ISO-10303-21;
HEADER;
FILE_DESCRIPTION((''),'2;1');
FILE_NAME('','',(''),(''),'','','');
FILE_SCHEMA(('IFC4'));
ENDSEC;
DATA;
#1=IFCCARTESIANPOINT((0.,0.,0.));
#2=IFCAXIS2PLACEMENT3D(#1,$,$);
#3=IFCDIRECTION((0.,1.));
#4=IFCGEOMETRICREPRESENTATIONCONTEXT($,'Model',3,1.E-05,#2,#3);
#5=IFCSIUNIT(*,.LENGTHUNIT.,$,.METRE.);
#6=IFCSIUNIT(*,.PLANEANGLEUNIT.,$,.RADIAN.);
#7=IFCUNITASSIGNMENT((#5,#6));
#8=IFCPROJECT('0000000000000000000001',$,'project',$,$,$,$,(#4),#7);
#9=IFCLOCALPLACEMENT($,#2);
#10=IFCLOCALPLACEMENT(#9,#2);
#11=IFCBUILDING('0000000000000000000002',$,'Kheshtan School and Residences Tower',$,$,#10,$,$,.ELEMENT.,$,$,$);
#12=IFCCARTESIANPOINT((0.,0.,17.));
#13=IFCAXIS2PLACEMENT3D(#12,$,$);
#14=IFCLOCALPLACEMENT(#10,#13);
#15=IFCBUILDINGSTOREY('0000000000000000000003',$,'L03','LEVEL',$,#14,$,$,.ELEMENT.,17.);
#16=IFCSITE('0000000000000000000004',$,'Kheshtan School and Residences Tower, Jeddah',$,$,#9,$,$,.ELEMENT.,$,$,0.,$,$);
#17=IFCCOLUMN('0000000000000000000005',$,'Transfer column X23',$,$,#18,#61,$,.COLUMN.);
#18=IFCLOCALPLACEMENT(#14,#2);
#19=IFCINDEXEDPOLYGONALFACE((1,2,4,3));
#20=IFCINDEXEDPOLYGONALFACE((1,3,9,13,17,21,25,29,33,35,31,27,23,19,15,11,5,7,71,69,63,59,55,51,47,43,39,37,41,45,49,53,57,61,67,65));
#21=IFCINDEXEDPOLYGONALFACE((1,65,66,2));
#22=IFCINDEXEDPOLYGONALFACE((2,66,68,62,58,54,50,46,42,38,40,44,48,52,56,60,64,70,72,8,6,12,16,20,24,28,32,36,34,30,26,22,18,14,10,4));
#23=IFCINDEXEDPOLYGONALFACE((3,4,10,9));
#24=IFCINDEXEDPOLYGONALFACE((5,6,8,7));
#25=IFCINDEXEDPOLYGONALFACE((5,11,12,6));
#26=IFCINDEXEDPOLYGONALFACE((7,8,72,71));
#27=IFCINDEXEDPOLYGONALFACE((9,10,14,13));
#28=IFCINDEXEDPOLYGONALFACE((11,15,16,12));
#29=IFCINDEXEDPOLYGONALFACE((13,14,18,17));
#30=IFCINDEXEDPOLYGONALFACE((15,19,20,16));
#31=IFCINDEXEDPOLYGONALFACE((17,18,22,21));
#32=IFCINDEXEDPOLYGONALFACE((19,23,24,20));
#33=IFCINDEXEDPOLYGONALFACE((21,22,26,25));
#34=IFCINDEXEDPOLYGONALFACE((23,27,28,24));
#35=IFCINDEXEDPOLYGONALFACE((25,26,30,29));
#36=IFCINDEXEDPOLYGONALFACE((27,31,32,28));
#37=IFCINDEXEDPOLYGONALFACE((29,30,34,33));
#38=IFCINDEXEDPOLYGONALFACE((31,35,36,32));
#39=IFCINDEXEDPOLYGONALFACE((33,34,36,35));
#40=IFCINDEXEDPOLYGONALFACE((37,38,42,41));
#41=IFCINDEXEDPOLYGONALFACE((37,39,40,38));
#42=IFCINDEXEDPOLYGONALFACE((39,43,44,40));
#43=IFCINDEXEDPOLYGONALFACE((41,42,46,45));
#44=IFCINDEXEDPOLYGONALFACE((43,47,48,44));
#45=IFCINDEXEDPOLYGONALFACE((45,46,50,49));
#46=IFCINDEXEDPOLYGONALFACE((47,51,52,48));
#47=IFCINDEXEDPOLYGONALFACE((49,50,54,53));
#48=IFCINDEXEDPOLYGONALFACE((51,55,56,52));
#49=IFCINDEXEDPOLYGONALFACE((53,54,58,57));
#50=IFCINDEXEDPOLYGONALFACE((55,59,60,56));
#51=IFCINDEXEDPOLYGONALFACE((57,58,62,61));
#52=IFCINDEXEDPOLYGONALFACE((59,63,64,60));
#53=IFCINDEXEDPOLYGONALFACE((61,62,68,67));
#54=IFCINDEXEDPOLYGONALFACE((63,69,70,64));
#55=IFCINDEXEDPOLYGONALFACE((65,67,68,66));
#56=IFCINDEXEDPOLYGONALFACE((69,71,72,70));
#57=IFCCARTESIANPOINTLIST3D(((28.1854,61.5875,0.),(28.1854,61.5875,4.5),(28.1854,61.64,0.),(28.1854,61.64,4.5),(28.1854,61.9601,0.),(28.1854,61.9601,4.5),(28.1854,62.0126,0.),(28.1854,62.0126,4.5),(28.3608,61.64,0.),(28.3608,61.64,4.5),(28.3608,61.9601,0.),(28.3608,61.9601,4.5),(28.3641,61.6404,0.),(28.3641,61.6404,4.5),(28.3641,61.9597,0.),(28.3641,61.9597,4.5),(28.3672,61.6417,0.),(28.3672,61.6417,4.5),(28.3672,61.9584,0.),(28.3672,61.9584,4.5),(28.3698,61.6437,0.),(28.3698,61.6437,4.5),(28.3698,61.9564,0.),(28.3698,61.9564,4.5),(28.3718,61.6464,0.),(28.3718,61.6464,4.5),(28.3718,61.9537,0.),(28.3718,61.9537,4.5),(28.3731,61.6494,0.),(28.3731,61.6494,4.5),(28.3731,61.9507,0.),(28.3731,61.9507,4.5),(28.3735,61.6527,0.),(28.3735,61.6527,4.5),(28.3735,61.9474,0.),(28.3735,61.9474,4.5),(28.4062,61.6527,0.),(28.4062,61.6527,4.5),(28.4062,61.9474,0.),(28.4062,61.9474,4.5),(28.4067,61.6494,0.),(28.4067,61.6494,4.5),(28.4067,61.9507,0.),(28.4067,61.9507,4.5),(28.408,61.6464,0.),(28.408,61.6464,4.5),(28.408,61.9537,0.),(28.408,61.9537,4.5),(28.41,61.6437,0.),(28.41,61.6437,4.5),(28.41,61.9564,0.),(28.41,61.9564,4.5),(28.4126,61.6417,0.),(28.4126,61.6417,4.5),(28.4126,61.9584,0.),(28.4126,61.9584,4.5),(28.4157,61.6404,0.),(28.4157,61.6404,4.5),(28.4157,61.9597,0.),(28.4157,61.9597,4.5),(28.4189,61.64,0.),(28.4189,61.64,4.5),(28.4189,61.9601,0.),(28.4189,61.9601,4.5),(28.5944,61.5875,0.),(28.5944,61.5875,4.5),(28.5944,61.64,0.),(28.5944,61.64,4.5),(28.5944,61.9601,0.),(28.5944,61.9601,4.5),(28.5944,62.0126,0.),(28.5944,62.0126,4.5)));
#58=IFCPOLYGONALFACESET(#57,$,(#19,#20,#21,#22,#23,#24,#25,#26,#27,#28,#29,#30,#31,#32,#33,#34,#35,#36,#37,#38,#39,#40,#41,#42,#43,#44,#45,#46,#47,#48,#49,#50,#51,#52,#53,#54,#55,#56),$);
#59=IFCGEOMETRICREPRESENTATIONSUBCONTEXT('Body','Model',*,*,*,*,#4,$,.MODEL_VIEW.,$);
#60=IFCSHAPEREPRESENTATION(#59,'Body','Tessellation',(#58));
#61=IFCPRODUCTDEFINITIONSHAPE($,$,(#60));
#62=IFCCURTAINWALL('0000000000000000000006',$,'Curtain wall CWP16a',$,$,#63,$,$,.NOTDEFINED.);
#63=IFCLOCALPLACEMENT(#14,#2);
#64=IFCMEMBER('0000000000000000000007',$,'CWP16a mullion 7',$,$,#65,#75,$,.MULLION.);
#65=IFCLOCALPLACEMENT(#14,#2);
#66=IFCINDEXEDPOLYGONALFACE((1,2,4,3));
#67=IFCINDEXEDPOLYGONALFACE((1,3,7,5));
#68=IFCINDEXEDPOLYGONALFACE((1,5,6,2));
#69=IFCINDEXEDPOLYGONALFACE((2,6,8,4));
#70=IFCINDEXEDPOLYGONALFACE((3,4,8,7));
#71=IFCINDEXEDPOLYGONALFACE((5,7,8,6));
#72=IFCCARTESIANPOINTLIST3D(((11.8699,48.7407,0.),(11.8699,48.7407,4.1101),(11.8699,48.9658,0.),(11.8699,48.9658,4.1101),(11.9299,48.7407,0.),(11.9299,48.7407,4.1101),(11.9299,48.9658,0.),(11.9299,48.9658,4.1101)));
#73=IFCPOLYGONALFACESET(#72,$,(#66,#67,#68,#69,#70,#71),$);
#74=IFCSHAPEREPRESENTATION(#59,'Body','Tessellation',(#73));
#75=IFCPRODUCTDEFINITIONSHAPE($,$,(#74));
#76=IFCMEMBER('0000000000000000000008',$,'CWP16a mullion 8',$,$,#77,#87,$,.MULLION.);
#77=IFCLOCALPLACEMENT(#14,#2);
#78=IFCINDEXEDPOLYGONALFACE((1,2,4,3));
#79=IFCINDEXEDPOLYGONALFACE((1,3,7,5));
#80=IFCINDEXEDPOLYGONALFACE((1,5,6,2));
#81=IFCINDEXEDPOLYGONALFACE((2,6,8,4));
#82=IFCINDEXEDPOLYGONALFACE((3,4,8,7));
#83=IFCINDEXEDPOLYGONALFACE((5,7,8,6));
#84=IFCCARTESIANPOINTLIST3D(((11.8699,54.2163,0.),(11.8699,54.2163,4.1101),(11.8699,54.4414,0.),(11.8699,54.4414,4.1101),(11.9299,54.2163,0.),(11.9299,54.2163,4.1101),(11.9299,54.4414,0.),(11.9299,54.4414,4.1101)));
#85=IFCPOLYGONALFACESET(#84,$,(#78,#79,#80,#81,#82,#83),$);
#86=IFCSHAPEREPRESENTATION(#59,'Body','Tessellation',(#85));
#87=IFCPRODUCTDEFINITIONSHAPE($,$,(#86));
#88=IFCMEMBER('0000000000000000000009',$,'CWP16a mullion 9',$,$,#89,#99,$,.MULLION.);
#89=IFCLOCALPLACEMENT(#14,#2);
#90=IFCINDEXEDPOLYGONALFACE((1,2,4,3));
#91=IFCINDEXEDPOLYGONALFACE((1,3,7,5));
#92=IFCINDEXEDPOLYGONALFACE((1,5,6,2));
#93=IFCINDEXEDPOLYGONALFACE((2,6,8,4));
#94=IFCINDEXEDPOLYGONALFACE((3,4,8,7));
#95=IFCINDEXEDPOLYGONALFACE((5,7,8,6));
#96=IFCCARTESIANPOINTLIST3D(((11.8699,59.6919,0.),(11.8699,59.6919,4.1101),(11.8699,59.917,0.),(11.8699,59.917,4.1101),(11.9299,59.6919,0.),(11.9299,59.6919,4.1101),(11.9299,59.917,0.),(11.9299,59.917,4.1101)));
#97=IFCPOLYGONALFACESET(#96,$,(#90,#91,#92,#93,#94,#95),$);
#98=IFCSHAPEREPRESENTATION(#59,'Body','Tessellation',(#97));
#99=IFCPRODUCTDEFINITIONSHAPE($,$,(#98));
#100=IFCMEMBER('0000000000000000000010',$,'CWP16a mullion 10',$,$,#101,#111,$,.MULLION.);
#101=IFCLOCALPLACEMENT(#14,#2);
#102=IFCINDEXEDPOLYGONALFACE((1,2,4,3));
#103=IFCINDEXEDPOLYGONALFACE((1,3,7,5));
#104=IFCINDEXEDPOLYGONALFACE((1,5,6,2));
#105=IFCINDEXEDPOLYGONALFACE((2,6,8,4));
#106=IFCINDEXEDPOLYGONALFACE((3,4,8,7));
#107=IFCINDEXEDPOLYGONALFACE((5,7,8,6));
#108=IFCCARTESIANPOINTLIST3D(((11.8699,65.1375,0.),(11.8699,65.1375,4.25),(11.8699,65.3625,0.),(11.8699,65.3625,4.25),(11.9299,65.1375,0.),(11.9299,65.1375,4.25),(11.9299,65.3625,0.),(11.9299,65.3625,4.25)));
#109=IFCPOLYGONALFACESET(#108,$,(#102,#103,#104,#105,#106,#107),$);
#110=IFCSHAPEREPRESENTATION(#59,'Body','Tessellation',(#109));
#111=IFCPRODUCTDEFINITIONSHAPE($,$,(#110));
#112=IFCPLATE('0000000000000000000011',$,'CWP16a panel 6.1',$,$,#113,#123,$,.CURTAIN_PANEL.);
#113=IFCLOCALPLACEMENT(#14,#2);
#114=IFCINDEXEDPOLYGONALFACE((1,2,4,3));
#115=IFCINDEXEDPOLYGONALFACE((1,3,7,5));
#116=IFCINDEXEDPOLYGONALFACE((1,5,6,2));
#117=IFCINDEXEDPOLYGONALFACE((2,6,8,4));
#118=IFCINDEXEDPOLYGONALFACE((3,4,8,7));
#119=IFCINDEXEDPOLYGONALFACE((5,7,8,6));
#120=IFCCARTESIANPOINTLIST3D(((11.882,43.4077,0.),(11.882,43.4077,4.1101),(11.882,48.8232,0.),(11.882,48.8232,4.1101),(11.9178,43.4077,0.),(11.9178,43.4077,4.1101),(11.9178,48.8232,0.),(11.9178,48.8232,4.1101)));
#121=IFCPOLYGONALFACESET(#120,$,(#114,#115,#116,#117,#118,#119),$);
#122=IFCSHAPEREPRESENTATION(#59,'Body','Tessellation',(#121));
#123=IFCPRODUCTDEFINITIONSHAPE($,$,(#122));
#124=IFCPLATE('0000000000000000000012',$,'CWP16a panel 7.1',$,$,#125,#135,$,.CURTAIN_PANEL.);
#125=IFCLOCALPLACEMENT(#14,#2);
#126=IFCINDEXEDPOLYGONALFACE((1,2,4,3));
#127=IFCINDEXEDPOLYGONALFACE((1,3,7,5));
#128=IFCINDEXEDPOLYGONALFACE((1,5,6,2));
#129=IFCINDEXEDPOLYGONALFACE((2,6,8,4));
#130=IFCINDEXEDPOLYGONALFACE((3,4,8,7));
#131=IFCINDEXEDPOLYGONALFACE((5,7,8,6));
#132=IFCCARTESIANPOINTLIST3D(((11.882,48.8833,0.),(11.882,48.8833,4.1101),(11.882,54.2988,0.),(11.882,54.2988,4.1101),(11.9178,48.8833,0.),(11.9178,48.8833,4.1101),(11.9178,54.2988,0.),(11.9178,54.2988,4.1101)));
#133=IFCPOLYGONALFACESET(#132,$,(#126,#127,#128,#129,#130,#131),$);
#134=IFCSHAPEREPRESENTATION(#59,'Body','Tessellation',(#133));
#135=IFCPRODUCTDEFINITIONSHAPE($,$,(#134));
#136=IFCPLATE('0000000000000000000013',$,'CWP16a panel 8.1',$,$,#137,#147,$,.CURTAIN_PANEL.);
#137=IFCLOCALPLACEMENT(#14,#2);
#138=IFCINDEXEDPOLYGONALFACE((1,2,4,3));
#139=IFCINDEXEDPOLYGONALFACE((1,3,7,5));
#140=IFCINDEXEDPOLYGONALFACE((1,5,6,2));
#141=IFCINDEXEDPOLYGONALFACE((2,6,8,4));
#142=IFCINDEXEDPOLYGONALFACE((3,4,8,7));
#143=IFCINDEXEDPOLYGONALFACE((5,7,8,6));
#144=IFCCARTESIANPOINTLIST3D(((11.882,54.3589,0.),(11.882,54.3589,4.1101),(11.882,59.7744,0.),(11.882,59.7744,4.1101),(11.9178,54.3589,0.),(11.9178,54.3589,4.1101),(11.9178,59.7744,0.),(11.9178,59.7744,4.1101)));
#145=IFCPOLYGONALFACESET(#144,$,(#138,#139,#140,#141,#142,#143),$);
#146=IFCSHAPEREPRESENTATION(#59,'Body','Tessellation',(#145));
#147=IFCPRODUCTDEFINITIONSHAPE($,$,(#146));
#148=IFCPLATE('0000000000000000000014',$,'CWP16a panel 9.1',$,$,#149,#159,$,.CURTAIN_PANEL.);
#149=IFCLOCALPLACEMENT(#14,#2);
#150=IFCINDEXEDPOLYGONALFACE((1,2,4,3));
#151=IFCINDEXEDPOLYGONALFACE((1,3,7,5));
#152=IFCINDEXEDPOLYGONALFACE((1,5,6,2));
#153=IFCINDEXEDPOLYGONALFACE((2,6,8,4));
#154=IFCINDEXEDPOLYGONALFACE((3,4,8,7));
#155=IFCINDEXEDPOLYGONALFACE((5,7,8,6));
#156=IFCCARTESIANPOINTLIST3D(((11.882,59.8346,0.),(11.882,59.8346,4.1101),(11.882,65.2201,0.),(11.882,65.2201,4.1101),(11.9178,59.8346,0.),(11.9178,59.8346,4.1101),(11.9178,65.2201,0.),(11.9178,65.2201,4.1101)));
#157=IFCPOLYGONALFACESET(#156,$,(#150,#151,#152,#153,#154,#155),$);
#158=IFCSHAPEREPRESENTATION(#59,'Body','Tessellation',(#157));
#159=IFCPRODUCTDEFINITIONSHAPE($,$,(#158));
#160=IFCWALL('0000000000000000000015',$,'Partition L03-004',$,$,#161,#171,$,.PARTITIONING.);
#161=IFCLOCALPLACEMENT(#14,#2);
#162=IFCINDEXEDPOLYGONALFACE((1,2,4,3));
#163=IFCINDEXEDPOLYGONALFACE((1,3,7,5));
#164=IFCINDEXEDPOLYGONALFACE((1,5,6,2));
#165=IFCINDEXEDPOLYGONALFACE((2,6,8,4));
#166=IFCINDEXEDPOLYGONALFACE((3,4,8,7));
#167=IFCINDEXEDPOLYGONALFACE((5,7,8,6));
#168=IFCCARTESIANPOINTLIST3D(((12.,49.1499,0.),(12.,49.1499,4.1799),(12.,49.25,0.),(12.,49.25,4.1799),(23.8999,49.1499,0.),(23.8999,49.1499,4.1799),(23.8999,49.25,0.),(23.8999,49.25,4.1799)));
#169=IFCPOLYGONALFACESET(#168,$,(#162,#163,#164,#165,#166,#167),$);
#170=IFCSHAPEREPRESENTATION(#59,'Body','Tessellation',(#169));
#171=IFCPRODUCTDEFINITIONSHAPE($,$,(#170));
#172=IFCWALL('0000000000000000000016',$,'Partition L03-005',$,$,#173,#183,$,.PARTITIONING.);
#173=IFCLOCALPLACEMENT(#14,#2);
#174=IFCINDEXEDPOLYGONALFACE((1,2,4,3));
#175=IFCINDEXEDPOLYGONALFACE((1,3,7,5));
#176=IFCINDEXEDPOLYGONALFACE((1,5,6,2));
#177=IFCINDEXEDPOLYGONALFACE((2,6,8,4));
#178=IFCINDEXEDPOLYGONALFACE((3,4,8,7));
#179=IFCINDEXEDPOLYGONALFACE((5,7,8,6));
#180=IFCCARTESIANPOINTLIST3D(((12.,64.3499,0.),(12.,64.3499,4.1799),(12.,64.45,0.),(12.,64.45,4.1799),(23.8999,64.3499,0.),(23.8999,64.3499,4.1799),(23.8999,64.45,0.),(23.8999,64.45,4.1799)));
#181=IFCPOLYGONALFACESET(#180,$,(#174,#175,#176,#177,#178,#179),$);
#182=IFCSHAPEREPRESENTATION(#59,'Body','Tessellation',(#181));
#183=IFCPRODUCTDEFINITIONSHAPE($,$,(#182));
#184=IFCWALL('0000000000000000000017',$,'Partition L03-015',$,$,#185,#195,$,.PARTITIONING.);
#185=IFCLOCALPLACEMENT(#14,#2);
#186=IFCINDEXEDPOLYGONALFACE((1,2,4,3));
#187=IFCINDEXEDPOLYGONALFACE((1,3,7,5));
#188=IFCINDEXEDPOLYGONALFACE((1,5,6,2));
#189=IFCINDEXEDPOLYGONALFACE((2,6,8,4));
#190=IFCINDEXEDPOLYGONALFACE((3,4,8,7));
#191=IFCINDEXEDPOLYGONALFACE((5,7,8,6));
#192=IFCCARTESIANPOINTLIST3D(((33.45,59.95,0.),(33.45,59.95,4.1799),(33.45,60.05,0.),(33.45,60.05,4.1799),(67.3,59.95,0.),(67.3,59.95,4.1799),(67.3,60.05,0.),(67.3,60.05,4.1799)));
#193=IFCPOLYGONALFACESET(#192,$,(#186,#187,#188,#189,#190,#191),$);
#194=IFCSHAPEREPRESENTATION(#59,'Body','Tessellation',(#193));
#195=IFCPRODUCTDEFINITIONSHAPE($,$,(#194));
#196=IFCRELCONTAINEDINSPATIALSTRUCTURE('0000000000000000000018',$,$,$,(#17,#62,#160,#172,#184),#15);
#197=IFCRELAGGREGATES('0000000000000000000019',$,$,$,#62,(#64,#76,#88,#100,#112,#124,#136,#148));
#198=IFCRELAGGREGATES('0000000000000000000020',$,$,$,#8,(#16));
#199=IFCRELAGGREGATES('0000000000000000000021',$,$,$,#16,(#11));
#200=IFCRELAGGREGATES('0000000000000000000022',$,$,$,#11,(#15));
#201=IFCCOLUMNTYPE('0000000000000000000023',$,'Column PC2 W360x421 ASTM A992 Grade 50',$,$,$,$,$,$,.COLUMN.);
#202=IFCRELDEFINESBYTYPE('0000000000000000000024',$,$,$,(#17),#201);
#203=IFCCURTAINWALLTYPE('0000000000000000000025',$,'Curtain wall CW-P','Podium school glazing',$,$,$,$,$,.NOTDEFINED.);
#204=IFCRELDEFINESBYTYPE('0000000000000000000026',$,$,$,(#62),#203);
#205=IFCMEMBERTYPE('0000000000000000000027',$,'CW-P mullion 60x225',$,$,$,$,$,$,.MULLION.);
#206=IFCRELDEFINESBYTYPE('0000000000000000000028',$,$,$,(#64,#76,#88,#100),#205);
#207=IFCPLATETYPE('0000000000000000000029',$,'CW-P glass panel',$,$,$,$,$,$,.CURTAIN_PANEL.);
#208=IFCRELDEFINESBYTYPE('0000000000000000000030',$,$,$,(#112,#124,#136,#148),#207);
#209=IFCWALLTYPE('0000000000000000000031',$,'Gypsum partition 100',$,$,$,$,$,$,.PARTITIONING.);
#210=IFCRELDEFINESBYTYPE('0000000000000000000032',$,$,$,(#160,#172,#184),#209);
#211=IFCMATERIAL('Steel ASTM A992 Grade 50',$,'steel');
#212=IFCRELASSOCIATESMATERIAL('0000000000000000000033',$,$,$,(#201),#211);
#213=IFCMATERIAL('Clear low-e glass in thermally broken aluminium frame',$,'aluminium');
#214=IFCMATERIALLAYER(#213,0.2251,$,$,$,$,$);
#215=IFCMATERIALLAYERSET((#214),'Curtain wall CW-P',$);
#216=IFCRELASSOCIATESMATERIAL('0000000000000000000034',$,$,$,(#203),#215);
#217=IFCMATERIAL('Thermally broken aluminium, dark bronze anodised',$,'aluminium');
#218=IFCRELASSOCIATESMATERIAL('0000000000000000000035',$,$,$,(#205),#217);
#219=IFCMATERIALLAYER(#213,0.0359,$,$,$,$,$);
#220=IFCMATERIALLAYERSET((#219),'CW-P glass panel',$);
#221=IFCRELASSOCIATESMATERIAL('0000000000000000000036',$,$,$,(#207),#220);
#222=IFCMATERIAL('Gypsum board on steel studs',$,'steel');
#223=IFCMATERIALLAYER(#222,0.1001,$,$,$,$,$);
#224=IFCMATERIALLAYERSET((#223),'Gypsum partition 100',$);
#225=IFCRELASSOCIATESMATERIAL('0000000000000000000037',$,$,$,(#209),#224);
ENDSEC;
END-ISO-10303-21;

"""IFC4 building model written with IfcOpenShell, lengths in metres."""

from ifc_helpers import new_model, si_unit, direction, frame, frame_2d, origin, origin_2d, place, context, subcontext, project, spatial, rectangle, i_section, extrude, material, layer, layer_set, material_profile, profile_set, type_object, element, aggregate, save


model = new_model("IFC4")

# Units and contexts
model_context = context("Model", 3, precision=1e-05, world=origin(), true_north=direction((0.0, 1.0)))
body_context = subcontext(model_context, "Body", "Model", "MODEL_VIEW")
ifc_project = project(units=[si_unit("LENGTHUNIT", "METRE"), si_unit("PLANEANGLEUNIT", "RADIAN")], contexts=[model_context])

# Site, building, storey
site_placement = place(None, origin())
site = spatial("IfcSite", under=ifc_project, at=site_placement, Name="Kheshtan School and Residences Tower, Jeddah", CompositionType="ELEMENT", RefElevation=0.0)
building_placement = place(site_placement, origin())
building = spatial("IfcBuilding", under=site, at=building_placement, Name="Kheshtan School and Residences Tower", CompositionType="ELEMENT")
storey_placement = place(building_placement, frame((0.0, 0.0, 17.0)))
storey = spatial("IfcBuildingStorey", under=building, at=storey_placement, Name="L03", Description="LEVEL", CompositionType="ELEMENT", Elevation=17.0)

# Column
ifc_material_1 = material(Name="Steel ASTM A992 Grade 50", Category="steel")
ifc_material_profile_1 = material_profile(ifc_material_1, i_section(OverallWidth=0.4089, OverallDepth=0.425, WebThickness=0.0327, FlangeThickness=0.0525, FilletRadius=0.0127, at=origin_2d()), Name="W360x421")
ifc_profile_set_1 = profile_set([ifc_material_profile_1], Name="Steel ASTM A992 Grade 50")
column_type = type_object("IfcColumnType", Name="Column PC2 W360x421 ASTM A992 Grade 50", PredefinedType="COLUMN", material=ifc_profile_set_1)
for number, where, z_axis, x_axis, name in (
    (1, (28.3899, 61.8, 0.0), (0.0, 0.0, 1.0), (1.0, 0.0, 0.0), "Transfer column X23"),
):
    element("IfcColumn", number, at=place(storey_placement, frame(where, z_axis=z_axis, x_axis=x_axis)), inside=storey, type_object=column_type, Name=name, PredefinedType="COLUMN", context=body_context, shape_type="SweptSolid", body=[
        extrude(i_section(OverallWidth=0.4089, OverallDepth=0.425, WebThickness=0.0327, FlangeThickness=0.0525, FilletRadius=0.0127, at=origin_2d()), origin(), (0.0, 0.0, 1.0), 4.5),
    ])

# Curtain wall, members, plates
ifc_material_2 = material(Name="Clear low-e glass in thermally broken aluminium frame", Category="aluminium")
ifc_layer_1 = layer(ifc_material_2, 0.2251)
ifc_layer_set_1 = layer_set([ifc_layer_1], Name="Curtain wall CW-P")
curtain_wall_type = type_object("IfcCurtainWallType", Name="Curtain wall CW-P", Description="Podium school glazing", PredefinedType="NOTDEFINED", material=ifc_layer_set_1)
curtain_wall_placement = place(storey_placement, origin())
curtain_wall = element("IfcCurtainWall", 2, at=curtain_wall_placement, inside=storey, type_object=curtain_wall_type, Name="Curtain wall CWP16a", PredefinedType="NOTDEFINED")
ifc_material_3 = material(Name="Thermally broken aluminium, dark bronze anodised", Category="aluminium")
ifc_material_profile_2 = material_profile(ifc_material_3, rectangle(XDim=0.0601, YDim=0.2251, at=origin_2d()), Name="CW-P mullion 60x225")
ifc_profile_set_2 = profile_set([ifc_material_profile_2], Name="Thermally broken aluminium, dark bronze anodised")
member_type = type_object("IfcMemberType", Name="CW-P mullion 60x225", PredefinedType="MULLION", material=ifc_profile_set_2)
member_1_placement = place(storey_placement, frame((11.8999, 48.8533, 0.0), z_axis=(0.0, 0.0, 1.0), x_axis=(-1.0, 0.0, 0.0)))
member_1 = element("IfcMember", 3, at=member_1_placement, type_object=member_type, Name="CWP16a mullion 7", PredefinedType="MULLION", context=body_context, shape_type="SweptSolid", body=[
    extrude(rectangle(XDim=0.0601, YDim=0.2251, at=origin_2d()), origin(), (0.0, 0.0, 1.0), 4.1101),
])
member_2_placement = place(storey_placement, frame((11.8999, 54.3289, 0.0), z_axis=(0.0, 0.0, 1.0), x_axis=(-1.0, 0.0, 0.0)))
member_2 = element("IfcMember", 4, at=member_2_placement, type_object=member_type, Name="CWP16a mullion 8", PredefinedType="MULLION", context=body_context, shape_type="SweptSolid", body=[
    extrude(rectangle(XDim=0.0601, YDim=0.2251, at=origin_2d()), origin(), (0.0, 0.0, 1.0), 4.1101),
])
member_3_placement = place(storey_placement, frame((11.8999, 59.8044, 0.0), z_axis=(0.0, 0.0, 1.0), x_axis=(-1.0, 0.0, 0.0)))
member_3 = element("IfcMember", 5, at=member_3_placement, type_object=member_type, Name="CWP16a mullion 9", PredefinedType="MULLION", context=body_context, shape_type="SweptSolid", body=[
    extrude(rectangle(XDim=0.0601, YDim=0.2251, at=origin_2d()), origin(), (0.0, 0.0, 1.0), 4.1101),
])
member_4_placement = place(storey_placement, frame((11.8999, 65.25, 0.0), z_axis=(0.0, 0.0, 1.0), x_axis=(-1.0, 0.0, 0.0)))
member_4 = element("IfcMember", 6, at=member_4_placement, type_object=member_type, Name="CWP16a mullion 10", PredefinedType="MULLION", context=body_context, shape_type="SweptSolid", body=[
    extrude(rectangle(XDim=0.0601, YDim=0.2251, at=origin_2d()), origin(), (0.0, 0.0, 1.0), 4.25),
])
ifc_layer_2 = layer(ifc_material_2, 0.0359)
ifc_layer_set_2 = layer_set([ifc_layer_2], Name="CW-P glass panel")
plate_type = type_object("IfcPlateType", Name="CW-P glass panel", PredefinedType="CURTAIN_PANEL", material=ifc_layer_set_2)
plate_1_placement = place(storey_placement, frame((11.8999, 46.1155, 0.0), z_axis=(0.0, 0.0, 1.0), x_axis=(0.0, 1.0, 0.0)))
plate_1 = element("IfcPlate", 7, at=plate_1_placement, type_object=plate_type, Name="CWP16a panel 6.1", PredefinedType="CURTAIN_PANEL", context=body_context, shape_type="SweptSolid", body=[
    extrude(rectangle(XDim=5.4155, YDim=0.0359, at=origin_2d()), origin(), (0.0, 0.0, 1.0), 4.1101),
])
plate_2_placement = place(storey_placement, frame((11.8999, 51.5911, 0.0), z_axis=(0.0, 0.0, 1.0), x_axis=(0.0, 1.0, 0.0)))
plate_2 = element("IfcPlate", 8, at=plate_2_placement, type_object=plate_type, Name="CWP16a panel 7.1", PredefinedType="CURTAIN_PANEL", context=body_context, shape_type="SweptSolid", body=[
    extrude(rectangle(XDim=5.4155, YDim=0.0359, at=origin_2d()), origin(), (0.0, 0.0, 1.0), 4.1101),
])
plate_3_placement = place(storey_placement, frame((11.8999, 57.0667, 0.0), z_axis=(0.0, 0.0, 1.0), x_axis=(0.0, 1.0, 0.0)))
plate_3 = element("IfcPlate", 9, at=plate_3_placement, type_object=plate_type, Name="CWP16a panel 8.1", PredefinedType="CURTAIN_PANEL", context=body_context, shape_type="SweptSolid", body=[
    extrude(rectangle(XDim=5.4155, YDim=0.0359, at=origin_2d()), origin(), (0.0, 0.0, 1.0), 4.1101),
])
plate_4_placement = place(storey_placement, frame((11.8999, 62.5273, 0.0), z_axis=(0.0, 0.0, 1.0), x_axis=(0.0, 1.0, 0.0)))
plate_4 = element("IfcPlate", 10, at=plate_4_placement, type_object=plate_type, Name="CWP16a panel 9.1", PredefinedType="CURTAIN_PANEL", context=body_context, shape_type="SweptSolid", body=[
    extrude(rectangle(XDim=5.3855, YDim=0.0359, at=origin_2d()), origin(), (0.0, 0.0, 1.0), 4.1101),
])
aggregate(curtain_wall, [member_1, member_2, member_3, member_4, plate_1, plate_2, plate_3, plate_4])

# Walls
ifc_material_4 = material(Name="Gypsum board on steel studs", Category="steel")
ifc_layer_3 = layer(ifc_material_4, 0.1001)
ifc_layer_set_3 = layer_set([ifc_layer_3], Name="Gypsum partition 100")
wall_type_1 = type_object("IfcWallType", Name="Gypsum partition 100", PredefinedType="PARTITIONING", material=ifc_layer_set_3)
for number, where, z_axis, x_axis, name in (
    (11, (12.0, 49.2, 0.0), (0.0, 0.0, 1.0), (1.0, 0.0, 0.0), "Partition L03-004"),
    (12, (12.0, 64.3999, 0.0), (0.0, 0.0, 1.0), (1.0, 0.0, 0.0), "Partition L03-005"),
):
    element("IfcWall", number, at=place(storey_placement, frame(where, z_axis=z_axis, x_axis=x_axis)), inside=storey, type_object=wall_type_1, Name=name, PredefinedType="PARTITIONING", context=body_context, shape_type="SweptSolid", body=[
        extrude(rectangle(XDim=11.8999, YDim=0.1001, at=frame_2d((5.95, 0.0))), origin(), (0.0, 0.0, 1.0), 4.1799),
    ])
wall_1_placement = place(storey_placement, frame((33.45, 60.0, 0.0), z_axis=(0.0, 0.0, 1.0), x_axis=(1.0, 0.0, 0.0)))
element("IfcWall", 13, at=wall_1_placement, inside=storey, type_object=wall_type_1, Name="Partition L03-015", PredefinedType="PARTITIONING", context=body_context, shape_type="SweptSolid", body=[
    extrude(rectangle(XDim=33.8501, YDim=0.1001, at=frame_2d((16.925, 0.0))), origin(), (0.0, 0.0, 1.0), 4.1799),
])

save(model, "model.ifc")
